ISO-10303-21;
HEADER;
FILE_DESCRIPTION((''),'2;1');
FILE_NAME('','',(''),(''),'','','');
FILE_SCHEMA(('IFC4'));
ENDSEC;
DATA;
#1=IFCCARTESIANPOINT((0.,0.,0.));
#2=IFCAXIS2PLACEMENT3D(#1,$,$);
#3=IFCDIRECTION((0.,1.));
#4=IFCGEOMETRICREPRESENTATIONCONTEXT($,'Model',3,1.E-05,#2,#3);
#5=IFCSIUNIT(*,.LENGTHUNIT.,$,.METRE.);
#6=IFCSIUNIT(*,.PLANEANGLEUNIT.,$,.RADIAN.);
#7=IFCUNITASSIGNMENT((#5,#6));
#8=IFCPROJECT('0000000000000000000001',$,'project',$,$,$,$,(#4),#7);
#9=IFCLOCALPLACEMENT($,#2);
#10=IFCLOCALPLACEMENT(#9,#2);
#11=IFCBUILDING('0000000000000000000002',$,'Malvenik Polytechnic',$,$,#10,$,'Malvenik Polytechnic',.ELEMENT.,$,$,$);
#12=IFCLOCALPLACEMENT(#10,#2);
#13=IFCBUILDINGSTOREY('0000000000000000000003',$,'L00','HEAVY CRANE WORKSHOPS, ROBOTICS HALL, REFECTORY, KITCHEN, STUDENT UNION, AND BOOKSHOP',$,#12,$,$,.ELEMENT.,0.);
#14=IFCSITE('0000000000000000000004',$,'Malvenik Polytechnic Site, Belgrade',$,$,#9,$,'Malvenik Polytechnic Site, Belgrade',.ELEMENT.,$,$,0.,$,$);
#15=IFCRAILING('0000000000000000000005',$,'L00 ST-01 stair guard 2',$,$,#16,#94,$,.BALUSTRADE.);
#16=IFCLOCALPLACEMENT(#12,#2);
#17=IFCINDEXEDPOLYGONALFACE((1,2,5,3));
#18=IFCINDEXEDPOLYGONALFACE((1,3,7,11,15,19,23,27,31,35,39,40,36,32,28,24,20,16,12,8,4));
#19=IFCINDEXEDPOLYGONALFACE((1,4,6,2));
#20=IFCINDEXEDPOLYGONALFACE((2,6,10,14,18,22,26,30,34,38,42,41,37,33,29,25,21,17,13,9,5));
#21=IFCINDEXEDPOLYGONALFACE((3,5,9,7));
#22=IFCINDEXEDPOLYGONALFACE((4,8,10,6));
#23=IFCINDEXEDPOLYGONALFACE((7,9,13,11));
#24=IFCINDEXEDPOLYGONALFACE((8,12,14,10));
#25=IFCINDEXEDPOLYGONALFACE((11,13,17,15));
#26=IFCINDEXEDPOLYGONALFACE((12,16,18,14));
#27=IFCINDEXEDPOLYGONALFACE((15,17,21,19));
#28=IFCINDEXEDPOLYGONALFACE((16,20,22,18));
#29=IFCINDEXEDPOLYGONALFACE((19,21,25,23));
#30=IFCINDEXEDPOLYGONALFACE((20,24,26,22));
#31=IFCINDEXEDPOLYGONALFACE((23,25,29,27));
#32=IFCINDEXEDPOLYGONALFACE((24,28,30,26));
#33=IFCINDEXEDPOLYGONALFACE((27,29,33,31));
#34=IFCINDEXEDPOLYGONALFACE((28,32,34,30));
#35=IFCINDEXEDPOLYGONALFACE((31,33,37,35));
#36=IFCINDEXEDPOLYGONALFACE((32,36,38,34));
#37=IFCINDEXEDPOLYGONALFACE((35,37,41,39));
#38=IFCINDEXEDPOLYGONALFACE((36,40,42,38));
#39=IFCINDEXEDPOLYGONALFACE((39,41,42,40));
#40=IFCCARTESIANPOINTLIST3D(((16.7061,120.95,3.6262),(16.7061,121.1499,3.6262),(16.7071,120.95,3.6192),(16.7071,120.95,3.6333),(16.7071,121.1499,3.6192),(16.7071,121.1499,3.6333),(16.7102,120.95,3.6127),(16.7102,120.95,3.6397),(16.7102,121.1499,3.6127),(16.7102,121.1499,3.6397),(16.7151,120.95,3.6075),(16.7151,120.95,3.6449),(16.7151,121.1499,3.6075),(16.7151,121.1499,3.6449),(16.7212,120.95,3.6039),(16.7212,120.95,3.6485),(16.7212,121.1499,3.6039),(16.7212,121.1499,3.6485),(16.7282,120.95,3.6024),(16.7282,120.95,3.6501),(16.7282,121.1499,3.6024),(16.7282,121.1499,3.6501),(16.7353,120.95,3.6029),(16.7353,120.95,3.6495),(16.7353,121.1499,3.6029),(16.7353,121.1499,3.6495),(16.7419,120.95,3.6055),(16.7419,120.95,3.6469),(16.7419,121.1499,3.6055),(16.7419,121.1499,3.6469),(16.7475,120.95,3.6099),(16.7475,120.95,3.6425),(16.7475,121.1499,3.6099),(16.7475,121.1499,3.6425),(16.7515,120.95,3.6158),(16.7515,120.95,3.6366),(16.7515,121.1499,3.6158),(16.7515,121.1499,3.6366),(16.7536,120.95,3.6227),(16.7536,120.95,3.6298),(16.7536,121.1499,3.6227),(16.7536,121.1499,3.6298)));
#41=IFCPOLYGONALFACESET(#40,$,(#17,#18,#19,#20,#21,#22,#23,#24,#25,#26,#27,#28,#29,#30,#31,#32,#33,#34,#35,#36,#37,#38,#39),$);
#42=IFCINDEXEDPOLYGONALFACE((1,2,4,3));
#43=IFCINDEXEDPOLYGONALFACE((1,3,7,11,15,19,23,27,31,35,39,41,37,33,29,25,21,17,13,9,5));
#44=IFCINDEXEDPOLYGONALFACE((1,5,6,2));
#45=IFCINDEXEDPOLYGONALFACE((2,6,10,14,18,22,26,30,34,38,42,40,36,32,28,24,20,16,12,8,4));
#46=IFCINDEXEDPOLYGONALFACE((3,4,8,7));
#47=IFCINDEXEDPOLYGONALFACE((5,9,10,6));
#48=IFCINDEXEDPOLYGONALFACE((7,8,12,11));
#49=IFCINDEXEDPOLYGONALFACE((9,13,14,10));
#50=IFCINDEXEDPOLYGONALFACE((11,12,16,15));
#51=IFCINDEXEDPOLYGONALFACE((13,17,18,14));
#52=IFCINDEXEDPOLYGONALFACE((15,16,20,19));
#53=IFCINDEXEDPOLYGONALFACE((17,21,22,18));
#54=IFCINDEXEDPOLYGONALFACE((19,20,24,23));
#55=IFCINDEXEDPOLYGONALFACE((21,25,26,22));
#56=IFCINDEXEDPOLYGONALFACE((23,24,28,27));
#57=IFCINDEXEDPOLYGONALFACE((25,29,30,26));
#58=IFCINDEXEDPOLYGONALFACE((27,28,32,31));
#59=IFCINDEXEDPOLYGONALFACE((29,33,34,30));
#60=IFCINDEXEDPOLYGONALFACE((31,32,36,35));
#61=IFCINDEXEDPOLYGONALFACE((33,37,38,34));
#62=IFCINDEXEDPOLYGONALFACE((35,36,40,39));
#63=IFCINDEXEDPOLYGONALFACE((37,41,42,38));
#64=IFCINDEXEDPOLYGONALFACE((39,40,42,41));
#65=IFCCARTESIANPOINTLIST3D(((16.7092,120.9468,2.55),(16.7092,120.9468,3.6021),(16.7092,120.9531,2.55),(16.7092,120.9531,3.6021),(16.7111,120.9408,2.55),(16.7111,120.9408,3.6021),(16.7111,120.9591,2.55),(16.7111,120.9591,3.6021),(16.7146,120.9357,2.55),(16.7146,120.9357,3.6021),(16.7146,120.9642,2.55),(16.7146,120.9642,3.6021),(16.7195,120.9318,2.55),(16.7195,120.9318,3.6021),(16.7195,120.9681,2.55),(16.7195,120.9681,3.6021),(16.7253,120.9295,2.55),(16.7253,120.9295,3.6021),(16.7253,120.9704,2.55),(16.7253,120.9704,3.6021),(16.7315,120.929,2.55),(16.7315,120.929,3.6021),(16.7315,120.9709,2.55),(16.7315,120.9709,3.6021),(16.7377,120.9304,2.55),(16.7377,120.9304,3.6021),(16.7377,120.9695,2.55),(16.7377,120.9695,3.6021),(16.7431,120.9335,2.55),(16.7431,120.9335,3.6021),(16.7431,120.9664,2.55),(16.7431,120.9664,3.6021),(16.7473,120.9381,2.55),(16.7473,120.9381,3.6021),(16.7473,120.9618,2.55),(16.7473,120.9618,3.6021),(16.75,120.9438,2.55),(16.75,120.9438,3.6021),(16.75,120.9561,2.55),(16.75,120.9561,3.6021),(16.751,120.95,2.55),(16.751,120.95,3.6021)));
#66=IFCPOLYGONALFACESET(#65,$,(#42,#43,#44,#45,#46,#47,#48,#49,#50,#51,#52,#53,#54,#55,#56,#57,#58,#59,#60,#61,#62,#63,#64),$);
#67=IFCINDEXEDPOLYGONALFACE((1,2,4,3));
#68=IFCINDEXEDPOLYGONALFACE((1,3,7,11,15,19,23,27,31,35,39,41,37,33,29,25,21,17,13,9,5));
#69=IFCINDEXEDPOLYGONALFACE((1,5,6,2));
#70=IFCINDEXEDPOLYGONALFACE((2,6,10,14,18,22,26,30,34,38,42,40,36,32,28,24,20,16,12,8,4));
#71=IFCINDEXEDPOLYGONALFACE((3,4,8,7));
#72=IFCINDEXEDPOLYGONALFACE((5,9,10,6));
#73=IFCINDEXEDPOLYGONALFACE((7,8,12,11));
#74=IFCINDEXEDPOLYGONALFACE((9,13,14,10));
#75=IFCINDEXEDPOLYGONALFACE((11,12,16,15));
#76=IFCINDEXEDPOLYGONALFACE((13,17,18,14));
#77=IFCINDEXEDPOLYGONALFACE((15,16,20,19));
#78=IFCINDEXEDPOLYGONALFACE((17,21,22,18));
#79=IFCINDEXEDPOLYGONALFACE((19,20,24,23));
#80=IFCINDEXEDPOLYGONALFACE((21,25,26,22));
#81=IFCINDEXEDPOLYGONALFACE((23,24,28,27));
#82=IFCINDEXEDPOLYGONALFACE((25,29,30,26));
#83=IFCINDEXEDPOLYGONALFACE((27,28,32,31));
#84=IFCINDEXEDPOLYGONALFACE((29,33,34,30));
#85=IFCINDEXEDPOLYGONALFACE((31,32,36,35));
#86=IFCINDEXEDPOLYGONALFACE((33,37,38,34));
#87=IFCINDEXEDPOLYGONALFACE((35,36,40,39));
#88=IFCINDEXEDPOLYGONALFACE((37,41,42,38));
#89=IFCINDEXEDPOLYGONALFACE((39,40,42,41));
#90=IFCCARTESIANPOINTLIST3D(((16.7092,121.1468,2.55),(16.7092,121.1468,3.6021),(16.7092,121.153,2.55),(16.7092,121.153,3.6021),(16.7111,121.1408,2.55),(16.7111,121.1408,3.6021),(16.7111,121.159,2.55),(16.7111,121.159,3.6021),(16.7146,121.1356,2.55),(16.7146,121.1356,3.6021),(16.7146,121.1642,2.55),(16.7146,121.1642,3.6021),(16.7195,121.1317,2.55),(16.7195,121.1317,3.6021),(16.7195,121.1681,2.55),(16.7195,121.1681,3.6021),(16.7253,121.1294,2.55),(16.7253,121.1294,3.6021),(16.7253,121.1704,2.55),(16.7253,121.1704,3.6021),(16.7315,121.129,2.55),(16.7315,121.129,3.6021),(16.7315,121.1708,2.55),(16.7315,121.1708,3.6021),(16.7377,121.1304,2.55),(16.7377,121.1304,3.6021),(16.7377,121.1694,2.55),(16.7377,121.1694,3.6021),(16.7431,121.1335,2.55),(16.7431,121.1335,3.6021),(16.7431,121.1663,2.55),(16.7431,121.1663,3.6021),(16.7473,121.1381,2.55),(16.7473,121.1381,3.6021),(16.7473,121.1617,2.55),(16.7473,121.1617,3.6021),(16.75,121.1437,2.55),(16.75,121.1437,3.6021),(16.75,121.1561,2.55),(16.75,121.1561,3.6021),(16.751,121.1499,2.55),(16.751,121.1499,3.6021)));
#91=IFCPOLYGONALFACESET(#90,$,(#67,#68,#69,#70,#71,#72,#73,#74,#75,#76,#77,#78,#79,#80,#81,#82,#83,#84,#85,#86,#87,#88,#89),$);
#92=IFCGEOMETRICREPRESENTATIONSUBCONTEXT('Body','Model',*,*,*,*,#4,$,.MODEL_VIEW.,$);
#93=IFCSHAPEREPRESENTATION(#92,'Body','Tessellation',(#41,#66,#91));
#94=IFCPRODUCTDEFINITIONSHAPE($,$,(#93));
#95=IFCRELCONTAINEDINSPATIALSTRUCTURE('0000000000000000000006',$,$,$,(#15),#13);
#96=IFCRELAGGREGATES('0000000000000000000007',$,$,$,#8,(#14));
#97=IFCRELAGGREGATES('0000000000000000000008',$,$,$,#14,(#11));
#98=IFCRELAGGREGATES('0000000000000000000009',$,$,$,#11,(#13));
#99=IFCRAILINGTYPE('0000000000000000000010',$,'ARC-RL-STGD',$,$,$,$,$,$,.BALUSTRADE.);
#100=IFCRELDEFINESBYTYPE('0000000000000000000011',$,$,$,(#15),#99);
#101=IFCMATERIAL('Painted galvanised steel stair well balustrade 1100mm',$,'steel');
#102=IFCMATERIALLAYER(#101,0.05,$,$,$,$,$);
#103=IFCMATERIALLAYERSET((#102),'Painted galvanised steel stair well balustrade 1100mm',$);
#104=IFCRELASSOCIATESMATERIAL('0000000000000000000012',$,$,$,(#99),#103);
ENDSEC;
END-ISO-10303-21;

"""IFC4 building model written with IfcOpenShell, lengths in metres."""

from ifc_helpers import new_model, si_unit, direction, frame, origin, origin_2d, place, context, subcontext, project, spatial, circle, extrude, material, layer, layer_set, type_object, element, save


model = new_model("IFC4")

# Units and contexts
model_context = context("Model", 3, precision=1e-05, world=origin(), true_north=direction((0.0, 1.0)))
body_context = subcontext(model_context, "Body", "Model", "MODEL_VIEW")
ifc_project = project(units=[si_unit("LENGTHUNIT", "METRE"), si_unit("PLANEANGLEUNIT", "RADIAN")], contexts=[model_context])

# Site, building, storey
site_placement = place(None, origin())
site = spatial("IfcSite", under=ifc_project, at=site_placement, Name="Malvenik Polytechnic Site, Belgrade", LongName="Malvenik Polytechnic Site, Belgrade", CompositionType="ELEMENT", RefElevation=0.0)
building_placement = place(site_placement, origin())
building = spatial("IfcBuilding", under=site, at=building_placement, Name="Malvenik Polytechnic", LongName="Malvenik Polytechnic", CompositionType="ELEMENT")
storey_placement = place(building_placement, origin())
storey = spatial("IfcBuildingStorey", under=building, at=storey_placement, Name="L00", Description="HEAVY CRANE WORKSHOPS, ROBOTICS HALL, REFECTORY, KITCHEN, STUDENT UNION, AND BOOKSHOP", CompositionType="ELEMENT", Elevation=0.0)

# Railing
ifc_material_1 = material(Name="Painted galvanised steel stair well balustrade 1100mm", Category="steel")
ifc_layer_1 = layer(ifc_material_1, 0.05)
ifc_layer_set_1 = layer_set([ifc_layer_1], Name="Painted galvanised steel stair well balustrade 1100mm")
railing_type_1 = type_object("IfcRailingType", Name="ARC-RL-STGD", PredefinedType="BALUSTRADE", material=ifc_layer_set_1)
railing_1_placement = place(storey_placement, frame((16.73, 120.95, 2.55)))
element("IfcRailing", 1, at=railing_1_placement, inside=storey, type_object=railing_type_1, Name="L00 ST-01 stair guard 2", PredefinedType="BALUSTRADE", context=body_context, shape_type="SweptSolid", body=[
    extrude(circle(Radius=0.0239, at=origin_2d()), frame((0.0, 0.0, 1.0762), z_axis=(0.0, 1.0, 0.0), x_axis=(-1.0, 0.0, 0.0)), (0.0, 0.0, 1.0), 0.2),
    extrude(circle(Radius=0.021, at=origin_2d()), origin(), (0.0, 0.0, 1.0), 1.052),
    extrude(circle(Radius=0.021, at=origin_2d()), frame((0.0, 0.2, 0.0)), (0.0, 0.0, 1.0), 1.052),
])

save(model, "model.ifc")
